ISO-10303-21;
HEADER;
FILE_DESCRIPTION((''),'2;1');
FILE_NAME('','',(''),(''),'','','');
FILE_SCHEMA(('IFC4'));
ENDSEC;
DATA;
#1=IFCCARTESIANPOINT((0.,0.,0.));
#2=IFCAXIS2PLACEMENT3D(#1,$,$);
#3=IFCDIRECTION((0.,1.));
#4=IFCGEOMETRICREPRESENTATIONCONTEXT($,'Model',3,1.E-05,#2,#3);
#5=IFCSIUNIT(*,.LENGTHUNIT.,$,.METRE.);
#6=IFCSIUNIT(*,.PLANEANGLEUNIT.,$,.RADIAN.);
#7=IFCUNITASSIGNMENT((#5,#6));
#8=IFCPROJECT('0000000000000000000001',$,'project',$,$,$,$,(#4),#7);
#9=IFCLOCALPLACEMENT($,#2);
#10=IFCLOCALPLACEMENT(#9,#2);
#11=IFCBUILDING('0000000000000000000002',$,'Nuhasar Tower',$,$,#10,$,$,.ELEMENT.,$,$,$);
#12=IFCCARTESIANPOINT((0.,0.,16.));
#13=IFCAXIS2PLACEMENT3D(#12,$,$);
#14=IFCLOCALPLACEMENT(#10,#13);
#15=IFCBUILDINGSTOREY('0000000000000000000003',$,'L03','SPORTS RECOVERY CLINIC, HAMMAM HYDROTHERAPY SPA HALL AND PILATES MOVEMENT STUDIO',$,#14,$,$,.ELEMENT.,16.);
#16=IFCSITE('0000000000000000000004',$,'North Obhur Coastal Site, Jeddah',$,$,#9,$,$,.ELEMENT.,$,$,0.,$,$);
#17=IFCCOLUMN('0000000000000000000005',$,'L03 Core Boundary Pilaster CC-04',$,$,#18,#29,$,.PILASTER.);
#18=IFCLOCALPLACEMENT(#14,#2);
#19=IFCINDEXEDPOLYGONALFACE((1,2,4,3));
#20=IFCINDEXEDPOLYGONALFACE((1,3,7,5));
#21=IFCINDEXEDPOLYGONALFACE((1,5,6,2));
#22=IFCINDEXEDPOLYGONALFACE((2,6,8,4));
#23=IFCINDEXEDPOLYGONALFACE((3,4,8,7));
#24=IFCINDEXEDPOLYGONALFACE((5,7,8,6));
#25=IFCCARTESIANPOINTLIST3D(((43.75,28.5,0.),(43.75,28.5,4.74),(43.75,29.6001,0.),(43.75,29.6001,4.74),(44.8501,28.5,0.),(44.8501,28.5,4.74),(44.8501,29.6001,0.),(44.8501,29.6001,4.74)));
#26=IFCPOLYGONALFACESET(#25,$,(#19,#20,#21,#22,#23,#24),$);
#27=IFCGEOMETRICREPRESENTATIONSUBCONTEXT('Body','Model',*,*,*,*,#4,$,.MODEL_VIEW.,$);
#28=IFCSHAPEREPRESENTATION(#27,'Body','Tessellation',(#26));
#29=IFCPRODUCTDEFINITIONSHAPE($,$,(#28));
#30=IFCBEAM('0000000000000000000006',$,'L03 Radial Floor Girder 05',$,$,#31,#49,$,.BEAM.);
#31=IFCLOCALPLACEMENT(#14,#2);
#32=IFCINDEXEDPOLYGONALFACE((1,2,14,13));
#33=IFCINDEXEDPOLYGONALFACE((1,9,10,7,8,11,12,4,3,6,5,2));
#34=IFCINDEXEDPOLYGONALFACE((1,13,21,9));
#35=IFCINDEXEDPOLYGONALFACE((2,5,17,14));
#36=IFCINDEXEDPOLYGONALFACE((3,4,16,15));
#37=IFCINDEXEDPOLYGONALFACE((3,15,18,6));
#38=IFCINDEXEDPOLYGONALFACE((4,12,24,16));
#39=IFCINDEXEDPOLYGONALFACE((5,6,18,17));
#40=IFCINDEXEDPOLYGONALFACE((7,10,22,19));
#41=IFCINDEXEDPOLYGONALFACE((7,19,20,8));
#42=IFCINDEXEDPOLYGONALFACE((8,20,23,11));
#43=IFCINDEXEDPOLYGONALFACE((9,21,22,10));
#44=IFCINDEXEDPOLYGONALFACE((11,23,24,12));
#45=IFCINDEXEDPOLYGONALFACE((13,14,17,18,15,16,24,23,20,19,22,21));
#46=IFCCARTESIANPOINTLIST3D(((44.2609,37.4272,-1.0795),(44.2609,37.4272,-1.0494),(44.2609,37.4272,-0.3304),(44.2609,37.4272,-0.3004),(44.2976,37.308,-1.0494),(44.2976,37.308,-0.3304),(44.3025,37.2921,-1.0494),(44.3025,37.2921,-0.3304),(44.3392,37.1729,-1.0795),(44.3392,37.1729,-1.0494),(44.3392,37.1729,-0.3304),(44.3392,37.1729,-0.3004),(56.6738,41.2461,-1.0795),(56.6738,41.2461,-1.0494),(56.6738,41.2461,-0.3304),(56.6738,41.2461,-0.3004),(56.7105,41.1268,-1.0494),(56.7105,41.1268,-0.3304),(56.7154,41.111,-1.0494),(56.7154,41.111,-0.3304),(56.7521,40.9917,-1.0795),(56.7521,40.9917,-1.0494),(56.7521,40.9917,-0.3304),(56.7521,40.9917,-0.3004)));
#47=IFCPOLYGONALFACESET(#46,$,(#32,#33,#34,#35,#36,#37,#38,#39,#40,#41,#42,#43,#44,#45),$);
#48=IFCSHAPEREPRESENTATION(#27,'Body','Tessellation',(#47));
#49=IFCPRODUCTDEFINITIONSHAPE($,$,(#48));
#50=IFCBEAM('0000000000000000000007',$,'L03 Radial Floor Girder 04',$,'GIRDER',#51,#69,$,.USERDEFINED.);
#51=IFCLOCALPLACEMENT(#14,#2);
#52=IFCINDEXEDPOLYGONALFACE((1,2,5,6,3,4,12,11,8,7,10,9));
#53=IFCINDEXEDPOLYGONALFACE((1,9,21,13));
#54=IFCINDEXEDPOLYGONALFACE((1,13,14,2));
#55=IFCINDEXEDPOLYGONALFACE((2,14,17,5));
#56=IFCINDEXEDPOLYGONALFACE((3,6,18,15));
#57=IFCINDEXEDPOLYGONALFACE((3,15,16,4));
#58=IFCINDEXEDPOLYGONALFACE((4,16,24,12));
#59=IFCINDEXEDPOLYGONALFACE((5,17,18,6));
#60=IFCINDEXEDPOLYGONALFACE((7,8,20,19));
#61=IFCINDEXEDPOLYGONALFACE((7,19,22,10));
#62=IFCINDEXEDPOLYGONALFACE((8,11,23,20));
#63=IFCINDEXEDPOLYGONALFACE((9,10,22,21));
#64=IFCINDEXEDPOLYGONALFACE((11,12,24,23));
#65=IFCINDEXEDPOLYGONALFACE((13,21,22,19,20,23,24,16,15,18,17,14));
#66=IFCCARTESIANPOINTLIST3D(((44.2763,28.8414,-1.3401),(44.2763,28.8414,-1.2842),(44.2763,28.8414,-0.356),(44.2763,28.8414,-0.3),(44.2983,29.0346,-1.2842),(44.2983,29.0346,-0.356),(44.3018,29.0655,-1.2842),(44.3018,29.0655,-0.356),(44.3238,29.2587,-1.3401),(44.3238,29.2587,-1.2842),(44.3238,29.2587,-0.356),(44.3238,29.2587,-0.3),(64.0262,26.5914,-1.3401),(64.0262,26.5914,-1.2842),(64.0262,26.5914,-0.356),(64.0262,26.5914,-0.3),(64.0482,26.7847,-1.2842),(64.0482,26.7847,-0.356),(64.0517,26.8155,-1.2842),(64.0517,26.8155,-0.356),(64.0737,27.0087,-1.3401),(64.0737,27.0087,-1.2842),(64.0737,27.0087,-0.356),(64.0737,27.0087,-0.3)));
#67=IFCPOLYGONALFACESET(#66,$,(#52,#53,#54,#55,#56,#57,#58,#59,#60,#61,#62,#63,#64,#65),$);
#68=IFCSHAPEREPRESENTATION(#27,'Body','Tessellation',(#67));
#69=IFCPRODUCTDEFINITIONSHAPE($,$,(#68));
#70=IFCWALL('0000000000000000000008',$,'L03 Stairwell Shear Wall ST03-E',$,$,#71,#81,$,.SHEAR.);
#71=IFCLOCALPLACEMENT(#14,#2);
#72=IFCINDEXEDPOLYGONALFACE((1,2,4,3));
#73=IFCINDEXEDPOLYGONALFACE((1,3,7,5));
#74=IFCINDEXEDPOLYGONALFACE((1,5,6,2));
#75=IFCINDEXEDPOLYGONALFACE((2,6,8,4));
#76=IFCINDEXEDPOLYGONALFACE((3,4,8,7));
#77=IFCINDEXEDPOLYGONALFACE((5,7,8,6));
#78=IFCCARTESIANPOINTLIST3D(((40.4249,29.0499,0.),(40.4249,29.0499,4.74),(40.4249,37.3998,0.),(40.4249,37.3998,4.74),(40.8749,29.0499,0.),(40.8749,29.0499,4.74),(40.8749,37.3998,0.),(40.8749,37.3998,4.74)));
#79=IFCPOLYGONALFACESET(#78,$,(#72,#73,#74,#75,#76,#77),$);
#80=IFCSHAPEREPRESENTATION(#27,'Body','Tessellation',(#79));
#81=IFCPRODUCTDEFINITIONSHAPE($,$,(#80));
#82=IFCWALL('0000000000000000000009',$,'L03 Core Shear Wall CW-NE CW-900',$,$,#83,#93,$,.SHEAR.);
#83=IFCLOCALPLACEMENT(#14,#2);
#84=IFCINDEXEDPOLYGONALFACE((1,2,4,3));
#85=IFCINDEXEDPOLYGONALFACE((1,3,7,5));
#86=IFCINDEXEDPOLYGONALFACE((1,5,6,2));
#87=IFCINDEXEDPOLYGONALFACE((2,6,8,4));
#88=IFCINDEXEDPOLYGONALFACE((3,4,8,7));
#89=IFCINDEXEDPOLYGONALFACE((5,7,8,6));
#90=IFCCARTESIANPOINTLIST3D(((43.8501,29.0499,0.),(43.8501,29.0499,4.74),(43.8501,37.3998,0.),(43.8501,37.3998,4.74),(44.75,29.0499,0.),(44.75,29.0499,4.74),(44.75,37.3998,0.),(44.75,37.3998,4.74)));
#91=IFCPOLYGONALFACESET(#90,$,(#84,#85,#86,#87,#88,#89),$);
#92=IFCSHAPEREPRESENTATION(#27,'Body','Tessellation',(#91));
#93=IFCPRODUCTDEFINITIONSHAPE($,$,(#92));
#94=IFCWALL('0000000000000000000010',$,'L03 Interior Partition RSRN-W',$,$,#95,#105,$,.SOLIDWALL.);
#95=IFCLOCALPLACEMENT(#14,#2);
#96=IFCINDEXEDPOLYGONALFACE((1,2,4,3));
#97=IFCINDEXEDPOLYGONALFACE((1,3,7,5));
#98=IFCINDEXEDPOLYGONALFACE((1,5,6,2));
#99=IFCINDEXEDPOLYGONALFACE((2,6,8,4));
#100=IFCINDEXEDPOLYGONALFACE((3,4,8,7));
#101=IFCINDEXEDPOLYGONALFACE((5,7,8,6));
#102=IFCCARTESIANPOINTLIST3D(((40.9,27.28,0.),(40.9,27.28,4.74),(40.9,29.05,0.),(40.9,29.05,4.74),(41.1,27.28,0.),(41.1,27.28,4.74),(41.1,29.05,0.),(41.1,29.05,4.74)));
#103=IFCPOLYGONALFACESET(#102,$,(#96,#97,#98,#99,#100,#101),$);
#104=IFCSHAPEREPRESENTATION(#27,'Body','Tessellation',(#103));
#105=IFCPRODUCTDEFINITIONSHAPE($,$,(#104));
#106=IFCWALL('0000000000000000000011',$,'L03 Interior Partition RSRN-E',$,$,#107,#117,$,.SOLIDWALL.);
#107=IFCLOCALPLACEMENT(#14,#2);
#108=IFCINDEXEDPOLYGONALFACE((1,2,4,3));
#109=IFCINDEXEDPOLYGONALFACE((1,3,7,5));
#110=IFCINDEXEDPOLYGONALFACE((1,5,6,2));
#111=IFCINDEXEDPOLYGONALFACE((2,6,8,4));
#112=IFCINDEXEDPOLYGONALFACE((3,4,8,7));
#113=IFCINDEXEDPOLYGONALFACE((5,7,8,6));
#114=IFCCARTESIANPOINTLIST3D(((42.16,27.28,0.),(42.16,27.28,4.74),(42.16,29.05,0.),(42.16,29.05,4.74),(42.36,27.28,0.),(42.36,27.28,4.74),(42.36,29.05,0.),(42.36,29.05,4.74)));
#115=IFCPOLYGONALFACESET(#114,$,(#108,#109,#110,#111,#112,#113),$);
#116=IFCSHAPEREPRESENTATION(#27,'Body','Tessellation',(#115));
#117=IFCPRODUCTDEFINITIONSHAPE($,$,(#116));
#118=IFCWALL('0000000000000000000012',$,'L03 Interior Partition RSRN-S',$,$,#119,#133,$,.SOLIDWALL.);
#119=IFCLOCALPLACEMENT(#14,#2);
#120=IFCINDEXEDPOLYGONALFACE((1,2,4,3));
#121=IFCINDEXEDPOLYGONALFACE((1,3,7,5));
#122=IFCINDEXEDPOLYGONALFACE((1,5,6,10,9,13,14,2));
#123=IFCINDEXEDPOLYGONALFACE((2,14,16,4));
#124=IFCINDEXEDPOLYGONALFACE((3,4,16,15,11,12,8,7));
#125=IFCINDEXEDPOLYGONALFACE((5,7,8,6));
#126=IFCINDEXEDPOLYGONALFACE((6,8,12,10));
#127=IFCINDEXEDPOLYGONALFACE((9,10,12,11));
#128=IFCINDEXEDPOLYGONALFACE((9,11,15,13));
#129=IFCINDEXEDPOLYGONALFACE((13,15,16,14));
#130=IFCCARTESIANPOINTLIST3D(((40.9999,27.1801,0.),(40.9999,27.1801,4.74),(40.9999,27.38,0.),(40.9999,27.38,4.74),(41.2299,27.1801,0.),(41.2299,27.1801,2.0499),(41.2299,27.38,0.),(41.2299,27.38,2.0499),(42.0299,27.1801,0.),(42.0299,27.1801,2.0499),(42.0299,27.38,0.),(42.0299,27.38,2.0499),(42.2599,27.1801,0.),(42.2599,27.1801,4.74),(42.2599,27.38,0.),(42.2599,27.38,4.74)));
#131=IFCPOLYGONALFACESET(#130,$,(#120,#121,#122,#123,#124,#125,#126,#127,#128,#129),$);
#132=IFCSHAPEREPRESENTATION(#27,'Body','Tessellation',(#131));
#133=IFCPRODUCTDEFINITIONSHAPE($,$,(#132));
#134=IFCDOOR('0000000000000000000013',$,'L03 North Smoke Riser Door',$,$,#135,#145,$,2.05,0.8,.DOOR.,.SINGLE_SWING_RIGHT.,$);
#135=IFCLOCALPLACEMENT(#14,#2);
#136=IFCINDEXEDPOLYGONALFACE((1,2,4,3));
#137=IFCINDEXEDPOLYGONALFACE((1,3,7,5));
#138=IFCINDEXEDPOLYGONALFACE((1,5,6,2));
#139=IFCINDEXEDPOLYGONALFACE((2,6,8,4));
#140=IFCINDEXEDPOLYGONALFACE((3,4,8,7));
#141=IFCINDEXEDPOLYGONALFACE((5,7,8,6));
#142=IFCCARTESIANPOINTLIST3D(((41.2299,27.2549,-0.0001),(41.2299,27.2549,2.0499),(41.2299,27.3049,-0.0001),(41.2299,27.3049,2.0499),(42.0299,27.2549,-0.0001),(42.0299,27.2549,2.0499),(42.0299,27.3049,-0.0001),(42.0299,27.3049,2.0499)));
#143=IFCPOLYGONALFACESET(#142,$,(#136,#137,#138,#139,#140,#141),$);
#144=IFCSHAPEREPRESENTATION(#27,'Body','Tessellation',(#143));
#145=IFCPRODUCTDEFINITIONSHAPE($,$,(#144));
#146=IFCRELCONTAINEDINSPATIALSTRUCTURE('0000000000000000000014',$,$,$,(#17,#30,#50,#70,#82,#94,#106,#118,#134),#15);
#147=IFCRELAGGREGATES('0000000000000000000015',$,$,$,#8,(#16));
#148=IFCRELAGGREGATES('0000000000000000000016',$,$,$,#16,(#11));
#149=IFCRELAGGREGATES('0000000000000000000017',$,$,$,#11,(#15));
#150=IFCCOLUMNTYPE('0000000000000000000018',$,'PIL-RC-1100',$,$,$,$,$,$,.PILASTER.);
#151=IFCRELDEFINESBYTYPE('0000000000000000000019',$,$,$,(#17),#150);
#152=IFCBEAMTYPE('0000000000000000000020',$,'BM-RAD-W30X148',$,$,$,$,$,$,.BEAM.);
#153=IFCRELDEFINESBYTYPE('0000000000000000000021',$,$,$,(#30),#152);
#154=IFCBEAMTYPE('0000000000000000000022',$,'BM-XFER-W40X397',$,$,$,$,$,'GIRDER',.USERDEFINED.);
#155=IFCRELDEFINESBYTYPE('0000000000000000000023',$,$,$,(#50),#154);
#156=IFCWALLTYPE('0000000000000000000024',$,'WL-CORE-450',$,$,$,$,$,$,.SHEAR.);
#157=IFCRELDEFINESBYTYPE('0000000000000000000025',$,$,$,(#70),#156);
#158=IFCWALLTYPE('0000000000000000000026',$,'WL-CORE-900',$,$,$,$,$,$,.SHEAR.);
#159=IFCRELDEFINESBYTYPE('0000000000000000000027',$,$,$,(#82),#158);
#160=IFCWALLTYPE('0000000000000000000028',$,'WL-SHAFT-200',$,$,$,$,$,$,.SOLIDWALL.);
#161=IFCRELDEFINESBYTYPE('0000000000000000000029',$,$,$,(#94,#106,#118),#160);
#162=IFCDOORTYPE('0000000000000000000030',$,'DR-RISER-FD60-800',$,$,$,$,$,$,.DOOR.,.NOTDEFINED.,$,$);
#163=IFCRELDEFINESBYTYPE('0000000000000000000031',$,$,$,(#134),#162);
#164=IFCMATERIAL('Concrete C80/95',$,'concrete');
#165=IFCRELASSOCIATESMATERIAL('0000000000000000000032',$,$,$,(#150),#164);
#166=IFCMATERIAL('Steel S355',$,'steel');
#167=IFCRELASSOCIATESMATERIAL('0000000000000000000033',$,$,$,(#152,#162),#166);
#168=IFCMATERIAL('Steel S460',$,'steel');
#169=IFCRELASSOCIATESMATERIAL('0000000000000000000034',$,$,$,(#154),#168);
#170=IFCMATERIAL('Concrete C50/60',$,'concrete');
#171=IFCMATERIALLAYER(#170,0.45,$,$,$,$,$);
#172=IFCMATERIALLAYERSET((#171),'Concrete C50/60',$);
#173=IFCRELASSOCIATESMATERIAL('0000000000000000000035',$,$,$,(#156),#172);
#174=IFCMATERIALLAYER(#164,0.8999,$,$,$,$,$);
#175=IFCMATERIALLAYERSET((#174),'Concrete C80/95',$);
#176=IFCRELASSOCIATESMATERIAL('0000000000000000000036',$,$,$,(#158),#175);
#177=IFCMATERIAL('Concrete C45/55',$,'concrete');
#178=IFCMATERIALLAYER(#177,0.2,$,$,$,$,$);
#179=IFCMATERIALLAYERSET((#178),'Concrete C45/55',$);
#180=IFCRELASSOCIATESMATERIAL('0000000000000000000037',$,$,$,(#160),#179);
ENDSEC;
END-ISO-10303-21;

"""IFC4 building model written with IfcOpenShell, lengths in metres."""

from ifc_helpers import new_model, si_unit, direction, frame, frame_2d, origin, origin_2d, place, context, subcontext, project, spatial, rectangle, i_section, extrude, material, layer, layer_set, material_profile, profile_set, type_object, element, fill, save


model = new_model("IFC4")

# Units and contexts
model_context = context("Model", 3, precision=1e-05, world=origin(), true_north=direction((0.0, 1.0)))
body_context = subcontext(model_context, "Body", "Model", "MODEL_VIEW")
ifc_project = project(units=[si_unit("LENGTHUNIT", "METRE"), si_unit("PLANEANGLEUNIT", "RADIAN")], contexts=[model_context])

# Site, building, storey
site_placement = place(None, origin())
site = spatial("IfcSite", under=ifc_project, at=site_placement, Name="North Obhur Coastal Site, Jeddah", CompositionType="ELEMENT", RefElevation=0.0)
building_placement = place(site_placement, origin())
building = spatial("IfcBuilding", under=site, at=building_placement, Name="Nuhasar Tower", CompositionType="ELEMENT")
storey_placement = place(building_placement, frame((0.0, 0.0, 16.0)))
storey = spatial("IfcBuildingStorey", under=building, at=storey_placement, Name="L03", Description="SPORTS RECOVERY CLINIC, HAMMAM HYDROTHERAPY SPA HALL AND PILATES MOVEMENT STUDIO", CompositionType="ELEMENT", Elevation=16.0)

# Column
ifc_material_1 = material(Name="Concrete C80/95", Category="concrete")
ifc_material_profile_1 = material_profile(ifc_material_1, rectangle(XDim=1.1001, YDim=1.1001, at=origin_2d()), Name="RC1100X1100")
ifc_profile_set_1 = profile_set([ifc_material_profile_1], Name="Concrete C80/95")
column_type = type_object("IfcColumnType", Name="PIL-RC-1100", PredefinedType="PILASTER", material=ifc_profile_set_1)
column_placement = place(storey_placement, frame((44.3, 29.05, 0.0), z_axis=(0.0, 0.0, 1.0), x_axis=(1.0, 0.0, 0.0)))
element("IfcColumn", 1, at=column_placement, inside=storey, type_object=column_type, Name="L03 Core Boundary Pilaster CC-04", PredefinedType="PILASTER", context=body_context, shape_type="SweptSolid", body=[
    extrude(rectangle(XDim=1.1001, YDim=1.1001, at=origin_2d()), origin(), (0.0, 0.0, 1.0), 4.74),
])

# Beams
ifc_material_2 = material(Name="Steel S355", Category="steel")
ifc_material_profile_2 = material_profile(ifc_material_2, i_section(OverallWidth=0.2661, OverallDepth=0.7791, WebThickness=0.0166, FlangeThickness=0.03, at=origin_2d()), Name="W30X148")
ifc_profile_set_2 = profile_set([ifc_material_profile_2], Name="Steel S355")
beam_type_1 = type_object("IfcBeamType", Name="BM-RAD-W30X148", PredefinedType="BEAM", material=ifc_profile_set_2)
beam_1_placement = place(storey_placement, frame((44.3, 37.3, -0.6899), z_axis=(0.95579, 0.294052, 0.0), x_axis=(-0.294052, 0.95579, 0.0)))
element("IfcBeam", 2, at=beam_1_placement, inside=storey, type_object=beam_type_1, Name="L03 Radial Floor Girder 05", PredefinedType="BEAM", context=body_context, shape_type="SweptSolid", body=[
    extrude(i_section(OverallWidth=0.2661, OverallDepth=0.7791, WebThickness=0.0166, FlangeThickness=0.03, at=origin_2d()), origin(), (0.0, 0.0, 1.0), 12.9871),
])
ifc_material_3 = material(Name="Steel S460", Category="steel")
ifc_material_profile_3 = material_profile(ifc_material_3, i_section(OverallWidth=0.4199, OverallDepth=1.04, WebThickness=0.031, FlangeThickness=0.0559, at=origin_2d()), Name="W40X397")
ifc_profile_set_3 = profile_set([ifc_material_profile_3], Name="Steel S460")
beam_type_2 = type_object("IfcBeamType", Name="BM-XFER-W40X397", ElementType="GIRDER", PredefinedType="USERDEFINED", material=ifc_profile_set_3)
beam_2_placement = place(storey_placement, frame((44.3, 29.05, -0.8201), z_axis=(0.993573, -0.113192, 0.0), x_axis=(0.113192, 0.993573, 0.0)))
element("IfcBeam", 3, at=beam_2_placement, inside=storey, type_object=beam_type_2, Name="L03 Radial Floor Girder 04", ObjectType="GIRDER", PredefinedType="USERDEFINED", context=body_context, shape_type="SweptSolid", body=[
    extrude(i_section(OverallWidth=0.4199, OverallDepth=1.04, WebThickness=0.031, FlangeThickness=0.0559, at=origin_2d()), origin(), (0.0, 0.0, 1.0), 19.8777),
])

# Shared definitions
ifc_material_4 = material(Name="Concrete C50/60", Category="concrete")
ifc_layer_1 = layer(ifc_material_4, 0.45)
ifc_layer_set_1 = layer_set([ifc_layer_1], Name="Concrete C50/60")
wall_type_1 = type_object("IfcWallType", Name="WL-CORE-450", PredefinedType="SHEAR", material=ifc_layer_set_1)

# Walls
wall_1_placement = place(storey_placement, frame((40.6499, 29.05, 0.0), z_axis=(0.0, 0.0, 1.0), x_axis=(0.0, 1.0, 0.0)))
element("IfcWall", 4, at=wall_1_placement, inside=storey, type_object=wall_type_1, Name="L03 Stairwell Shear Wall ST03-E", PredefinedType="SHEAR", context=body_context, shape_type="SweptSolid", body=[
    extrude(rectangle(XDim=8.3499, YDim=0.45, at=frame_2d((4.1748, 0.0))), origin(), (0.0, 0.0, 1.0), 4.74),
])
ifc_layer_2 = layer(ifc_material_1, 0.8999)
ifc_layer_set_2 = layer_set([ifc_layer_2], Name="Concrete C80/95")
wall_type_2 = type_object("IfcWallType", Name="WL-CORE-900", PredefinedType="SHEAR", material=ifc_layer_set_2)
wall_2_placement = place(storey_placement, frame((44.3, 29.05, 0.0), z_axis=(0.0, 0.0, 1.0), x_axis=(0.0, 1.0, 0.0)))
element("IfcWall", 5, at=wall_2_placement, inside=storey, type_object=wall_type_2, Name="L03 Core Shear Wall CW-NE CW-900", PredefinedType="SHEAR", context=body_context, shape_type="SweptSolid", body=[
    extrude(rectangle(XDim=8.3499, YDim=0.8999, at=frame_2d((4.1748, 0.0))), origin(), (0.0, 0.0, 1.0), 4.74),
])
ifc_material_5 = material(Name="Concrete C45/55", Category="concrete")
ifc_layer_3 = layer(ifc_material_5, 0.2)
ifc_layer_set_3 = layer_set([ifc_layer_3], Name="Concrete C45/55")
wall_type_3 = type_object("IfcWallType", Name="WL-SHAFT-200", PredefinedType="SOLIDWALL", material=ifc_layer_set_3)
for number, where, z_axis, x_axis, name in (
    (6, (41.0, 27.28, 0.0), (0.0, 0.0, 1.0), (0.0, 1.0, 0.0), "L03 Interior Partition RSRN-W"),
    (7, (42.26, 27.28, 0.0), (0.0, 0.0, 1.0), (0.0, 1.0, 0.0), "L03 Interior Partition RSRN-E"),
):
    element("IfcWall", number, at=place(storey_placement, frame(where, z_axis=z_axis, x_axis=x_axis)), inside=storey, type_object=wall_type_3, Name=name, PredefinedType="SOLIDWALL", context=body_context, shape_type="SweptSolid", body=[
        extrude(rectangle(XDim=1.77, YDim=0.2, at=frame_2d((0.885, 0.0))), origin(), (0.0, 0.0, 1.0), 4.74),
    ])

# Wall, opening, door
wall_3_placement = place(storey_placement, frame((41.0, 27.28, 0.0), z_axis=(0.0, 0.0, 1.0), x_axis=(1.0, 0.0, 0.0)))
wall_3 = element("IfcWall", 8, at=wall_3_placement, inside=storey, type_object=wall_type_3, Name="L03 Interior Partition RSRN-S", PredefinedType="SOLIDWALL", context=body_context, shape_type="SweptSolid", body=[
    extrude(rectangle(XDim=1.26, YDim=0.2, at=frame_2d((0.6299, 0.0))), origin(), (0.0, 0.0, 1.0), 4.74),
])
opening_1_placement = place(wall_3_placement, frame((0.23, 0.0, 0.0)))
opening_1 = element("IfcOpeningElement", 9, at=opening_1_placement, cuts=wall_3, PredefinedType="OPENING", context=body_context, shape_type="SweptSolid", body=[
    extrude(rectangle(XDim=0.8, YDim=2.05, at=frame_2d((0.3999, 1.0249))), frame((0.0, 0.1099, 0.0), z_axis=(0.0, -1.0, 0.0), x_axis=(1.0, 0.0, 0.0)), (0.0, 0.0, 1.0), 0.22),
])
door_type_1 = type_object("IfcDoorType", Name="DR-RISER-FD60-800", OperationType="NOTDEFINED", PredefinedType="DOOR", material=ifc_material_2)
door_1_placement = place(opening_1_placement, origin())
door_1 = element("IfcDoor", 10, at=door_1_placement, inside=storey, type_object=door_type_1, Name="L03 North Smoke Riser Door", OperationType="SINGLE_SWING_RIGHT", OverallHeight=2.05, OverallWidth=0.8, PredefinedType="DOOR", context=body_context, shape_type="SweptSolid", body=[
    extrude(rectangle(XDim=0.8, YDim=2.05, at=frame_2d((0.3999, 1.0249))), frame((0.0, 0.0249, 0.0), z_axis=(0.0, -1.0, 0.0), x_axis=(1.0, 0.0, 0.0)), (0.0, 0.0, 1.0), 0.05),
])
fill(opening_1, door_1)

save(model, "model.ifc")
